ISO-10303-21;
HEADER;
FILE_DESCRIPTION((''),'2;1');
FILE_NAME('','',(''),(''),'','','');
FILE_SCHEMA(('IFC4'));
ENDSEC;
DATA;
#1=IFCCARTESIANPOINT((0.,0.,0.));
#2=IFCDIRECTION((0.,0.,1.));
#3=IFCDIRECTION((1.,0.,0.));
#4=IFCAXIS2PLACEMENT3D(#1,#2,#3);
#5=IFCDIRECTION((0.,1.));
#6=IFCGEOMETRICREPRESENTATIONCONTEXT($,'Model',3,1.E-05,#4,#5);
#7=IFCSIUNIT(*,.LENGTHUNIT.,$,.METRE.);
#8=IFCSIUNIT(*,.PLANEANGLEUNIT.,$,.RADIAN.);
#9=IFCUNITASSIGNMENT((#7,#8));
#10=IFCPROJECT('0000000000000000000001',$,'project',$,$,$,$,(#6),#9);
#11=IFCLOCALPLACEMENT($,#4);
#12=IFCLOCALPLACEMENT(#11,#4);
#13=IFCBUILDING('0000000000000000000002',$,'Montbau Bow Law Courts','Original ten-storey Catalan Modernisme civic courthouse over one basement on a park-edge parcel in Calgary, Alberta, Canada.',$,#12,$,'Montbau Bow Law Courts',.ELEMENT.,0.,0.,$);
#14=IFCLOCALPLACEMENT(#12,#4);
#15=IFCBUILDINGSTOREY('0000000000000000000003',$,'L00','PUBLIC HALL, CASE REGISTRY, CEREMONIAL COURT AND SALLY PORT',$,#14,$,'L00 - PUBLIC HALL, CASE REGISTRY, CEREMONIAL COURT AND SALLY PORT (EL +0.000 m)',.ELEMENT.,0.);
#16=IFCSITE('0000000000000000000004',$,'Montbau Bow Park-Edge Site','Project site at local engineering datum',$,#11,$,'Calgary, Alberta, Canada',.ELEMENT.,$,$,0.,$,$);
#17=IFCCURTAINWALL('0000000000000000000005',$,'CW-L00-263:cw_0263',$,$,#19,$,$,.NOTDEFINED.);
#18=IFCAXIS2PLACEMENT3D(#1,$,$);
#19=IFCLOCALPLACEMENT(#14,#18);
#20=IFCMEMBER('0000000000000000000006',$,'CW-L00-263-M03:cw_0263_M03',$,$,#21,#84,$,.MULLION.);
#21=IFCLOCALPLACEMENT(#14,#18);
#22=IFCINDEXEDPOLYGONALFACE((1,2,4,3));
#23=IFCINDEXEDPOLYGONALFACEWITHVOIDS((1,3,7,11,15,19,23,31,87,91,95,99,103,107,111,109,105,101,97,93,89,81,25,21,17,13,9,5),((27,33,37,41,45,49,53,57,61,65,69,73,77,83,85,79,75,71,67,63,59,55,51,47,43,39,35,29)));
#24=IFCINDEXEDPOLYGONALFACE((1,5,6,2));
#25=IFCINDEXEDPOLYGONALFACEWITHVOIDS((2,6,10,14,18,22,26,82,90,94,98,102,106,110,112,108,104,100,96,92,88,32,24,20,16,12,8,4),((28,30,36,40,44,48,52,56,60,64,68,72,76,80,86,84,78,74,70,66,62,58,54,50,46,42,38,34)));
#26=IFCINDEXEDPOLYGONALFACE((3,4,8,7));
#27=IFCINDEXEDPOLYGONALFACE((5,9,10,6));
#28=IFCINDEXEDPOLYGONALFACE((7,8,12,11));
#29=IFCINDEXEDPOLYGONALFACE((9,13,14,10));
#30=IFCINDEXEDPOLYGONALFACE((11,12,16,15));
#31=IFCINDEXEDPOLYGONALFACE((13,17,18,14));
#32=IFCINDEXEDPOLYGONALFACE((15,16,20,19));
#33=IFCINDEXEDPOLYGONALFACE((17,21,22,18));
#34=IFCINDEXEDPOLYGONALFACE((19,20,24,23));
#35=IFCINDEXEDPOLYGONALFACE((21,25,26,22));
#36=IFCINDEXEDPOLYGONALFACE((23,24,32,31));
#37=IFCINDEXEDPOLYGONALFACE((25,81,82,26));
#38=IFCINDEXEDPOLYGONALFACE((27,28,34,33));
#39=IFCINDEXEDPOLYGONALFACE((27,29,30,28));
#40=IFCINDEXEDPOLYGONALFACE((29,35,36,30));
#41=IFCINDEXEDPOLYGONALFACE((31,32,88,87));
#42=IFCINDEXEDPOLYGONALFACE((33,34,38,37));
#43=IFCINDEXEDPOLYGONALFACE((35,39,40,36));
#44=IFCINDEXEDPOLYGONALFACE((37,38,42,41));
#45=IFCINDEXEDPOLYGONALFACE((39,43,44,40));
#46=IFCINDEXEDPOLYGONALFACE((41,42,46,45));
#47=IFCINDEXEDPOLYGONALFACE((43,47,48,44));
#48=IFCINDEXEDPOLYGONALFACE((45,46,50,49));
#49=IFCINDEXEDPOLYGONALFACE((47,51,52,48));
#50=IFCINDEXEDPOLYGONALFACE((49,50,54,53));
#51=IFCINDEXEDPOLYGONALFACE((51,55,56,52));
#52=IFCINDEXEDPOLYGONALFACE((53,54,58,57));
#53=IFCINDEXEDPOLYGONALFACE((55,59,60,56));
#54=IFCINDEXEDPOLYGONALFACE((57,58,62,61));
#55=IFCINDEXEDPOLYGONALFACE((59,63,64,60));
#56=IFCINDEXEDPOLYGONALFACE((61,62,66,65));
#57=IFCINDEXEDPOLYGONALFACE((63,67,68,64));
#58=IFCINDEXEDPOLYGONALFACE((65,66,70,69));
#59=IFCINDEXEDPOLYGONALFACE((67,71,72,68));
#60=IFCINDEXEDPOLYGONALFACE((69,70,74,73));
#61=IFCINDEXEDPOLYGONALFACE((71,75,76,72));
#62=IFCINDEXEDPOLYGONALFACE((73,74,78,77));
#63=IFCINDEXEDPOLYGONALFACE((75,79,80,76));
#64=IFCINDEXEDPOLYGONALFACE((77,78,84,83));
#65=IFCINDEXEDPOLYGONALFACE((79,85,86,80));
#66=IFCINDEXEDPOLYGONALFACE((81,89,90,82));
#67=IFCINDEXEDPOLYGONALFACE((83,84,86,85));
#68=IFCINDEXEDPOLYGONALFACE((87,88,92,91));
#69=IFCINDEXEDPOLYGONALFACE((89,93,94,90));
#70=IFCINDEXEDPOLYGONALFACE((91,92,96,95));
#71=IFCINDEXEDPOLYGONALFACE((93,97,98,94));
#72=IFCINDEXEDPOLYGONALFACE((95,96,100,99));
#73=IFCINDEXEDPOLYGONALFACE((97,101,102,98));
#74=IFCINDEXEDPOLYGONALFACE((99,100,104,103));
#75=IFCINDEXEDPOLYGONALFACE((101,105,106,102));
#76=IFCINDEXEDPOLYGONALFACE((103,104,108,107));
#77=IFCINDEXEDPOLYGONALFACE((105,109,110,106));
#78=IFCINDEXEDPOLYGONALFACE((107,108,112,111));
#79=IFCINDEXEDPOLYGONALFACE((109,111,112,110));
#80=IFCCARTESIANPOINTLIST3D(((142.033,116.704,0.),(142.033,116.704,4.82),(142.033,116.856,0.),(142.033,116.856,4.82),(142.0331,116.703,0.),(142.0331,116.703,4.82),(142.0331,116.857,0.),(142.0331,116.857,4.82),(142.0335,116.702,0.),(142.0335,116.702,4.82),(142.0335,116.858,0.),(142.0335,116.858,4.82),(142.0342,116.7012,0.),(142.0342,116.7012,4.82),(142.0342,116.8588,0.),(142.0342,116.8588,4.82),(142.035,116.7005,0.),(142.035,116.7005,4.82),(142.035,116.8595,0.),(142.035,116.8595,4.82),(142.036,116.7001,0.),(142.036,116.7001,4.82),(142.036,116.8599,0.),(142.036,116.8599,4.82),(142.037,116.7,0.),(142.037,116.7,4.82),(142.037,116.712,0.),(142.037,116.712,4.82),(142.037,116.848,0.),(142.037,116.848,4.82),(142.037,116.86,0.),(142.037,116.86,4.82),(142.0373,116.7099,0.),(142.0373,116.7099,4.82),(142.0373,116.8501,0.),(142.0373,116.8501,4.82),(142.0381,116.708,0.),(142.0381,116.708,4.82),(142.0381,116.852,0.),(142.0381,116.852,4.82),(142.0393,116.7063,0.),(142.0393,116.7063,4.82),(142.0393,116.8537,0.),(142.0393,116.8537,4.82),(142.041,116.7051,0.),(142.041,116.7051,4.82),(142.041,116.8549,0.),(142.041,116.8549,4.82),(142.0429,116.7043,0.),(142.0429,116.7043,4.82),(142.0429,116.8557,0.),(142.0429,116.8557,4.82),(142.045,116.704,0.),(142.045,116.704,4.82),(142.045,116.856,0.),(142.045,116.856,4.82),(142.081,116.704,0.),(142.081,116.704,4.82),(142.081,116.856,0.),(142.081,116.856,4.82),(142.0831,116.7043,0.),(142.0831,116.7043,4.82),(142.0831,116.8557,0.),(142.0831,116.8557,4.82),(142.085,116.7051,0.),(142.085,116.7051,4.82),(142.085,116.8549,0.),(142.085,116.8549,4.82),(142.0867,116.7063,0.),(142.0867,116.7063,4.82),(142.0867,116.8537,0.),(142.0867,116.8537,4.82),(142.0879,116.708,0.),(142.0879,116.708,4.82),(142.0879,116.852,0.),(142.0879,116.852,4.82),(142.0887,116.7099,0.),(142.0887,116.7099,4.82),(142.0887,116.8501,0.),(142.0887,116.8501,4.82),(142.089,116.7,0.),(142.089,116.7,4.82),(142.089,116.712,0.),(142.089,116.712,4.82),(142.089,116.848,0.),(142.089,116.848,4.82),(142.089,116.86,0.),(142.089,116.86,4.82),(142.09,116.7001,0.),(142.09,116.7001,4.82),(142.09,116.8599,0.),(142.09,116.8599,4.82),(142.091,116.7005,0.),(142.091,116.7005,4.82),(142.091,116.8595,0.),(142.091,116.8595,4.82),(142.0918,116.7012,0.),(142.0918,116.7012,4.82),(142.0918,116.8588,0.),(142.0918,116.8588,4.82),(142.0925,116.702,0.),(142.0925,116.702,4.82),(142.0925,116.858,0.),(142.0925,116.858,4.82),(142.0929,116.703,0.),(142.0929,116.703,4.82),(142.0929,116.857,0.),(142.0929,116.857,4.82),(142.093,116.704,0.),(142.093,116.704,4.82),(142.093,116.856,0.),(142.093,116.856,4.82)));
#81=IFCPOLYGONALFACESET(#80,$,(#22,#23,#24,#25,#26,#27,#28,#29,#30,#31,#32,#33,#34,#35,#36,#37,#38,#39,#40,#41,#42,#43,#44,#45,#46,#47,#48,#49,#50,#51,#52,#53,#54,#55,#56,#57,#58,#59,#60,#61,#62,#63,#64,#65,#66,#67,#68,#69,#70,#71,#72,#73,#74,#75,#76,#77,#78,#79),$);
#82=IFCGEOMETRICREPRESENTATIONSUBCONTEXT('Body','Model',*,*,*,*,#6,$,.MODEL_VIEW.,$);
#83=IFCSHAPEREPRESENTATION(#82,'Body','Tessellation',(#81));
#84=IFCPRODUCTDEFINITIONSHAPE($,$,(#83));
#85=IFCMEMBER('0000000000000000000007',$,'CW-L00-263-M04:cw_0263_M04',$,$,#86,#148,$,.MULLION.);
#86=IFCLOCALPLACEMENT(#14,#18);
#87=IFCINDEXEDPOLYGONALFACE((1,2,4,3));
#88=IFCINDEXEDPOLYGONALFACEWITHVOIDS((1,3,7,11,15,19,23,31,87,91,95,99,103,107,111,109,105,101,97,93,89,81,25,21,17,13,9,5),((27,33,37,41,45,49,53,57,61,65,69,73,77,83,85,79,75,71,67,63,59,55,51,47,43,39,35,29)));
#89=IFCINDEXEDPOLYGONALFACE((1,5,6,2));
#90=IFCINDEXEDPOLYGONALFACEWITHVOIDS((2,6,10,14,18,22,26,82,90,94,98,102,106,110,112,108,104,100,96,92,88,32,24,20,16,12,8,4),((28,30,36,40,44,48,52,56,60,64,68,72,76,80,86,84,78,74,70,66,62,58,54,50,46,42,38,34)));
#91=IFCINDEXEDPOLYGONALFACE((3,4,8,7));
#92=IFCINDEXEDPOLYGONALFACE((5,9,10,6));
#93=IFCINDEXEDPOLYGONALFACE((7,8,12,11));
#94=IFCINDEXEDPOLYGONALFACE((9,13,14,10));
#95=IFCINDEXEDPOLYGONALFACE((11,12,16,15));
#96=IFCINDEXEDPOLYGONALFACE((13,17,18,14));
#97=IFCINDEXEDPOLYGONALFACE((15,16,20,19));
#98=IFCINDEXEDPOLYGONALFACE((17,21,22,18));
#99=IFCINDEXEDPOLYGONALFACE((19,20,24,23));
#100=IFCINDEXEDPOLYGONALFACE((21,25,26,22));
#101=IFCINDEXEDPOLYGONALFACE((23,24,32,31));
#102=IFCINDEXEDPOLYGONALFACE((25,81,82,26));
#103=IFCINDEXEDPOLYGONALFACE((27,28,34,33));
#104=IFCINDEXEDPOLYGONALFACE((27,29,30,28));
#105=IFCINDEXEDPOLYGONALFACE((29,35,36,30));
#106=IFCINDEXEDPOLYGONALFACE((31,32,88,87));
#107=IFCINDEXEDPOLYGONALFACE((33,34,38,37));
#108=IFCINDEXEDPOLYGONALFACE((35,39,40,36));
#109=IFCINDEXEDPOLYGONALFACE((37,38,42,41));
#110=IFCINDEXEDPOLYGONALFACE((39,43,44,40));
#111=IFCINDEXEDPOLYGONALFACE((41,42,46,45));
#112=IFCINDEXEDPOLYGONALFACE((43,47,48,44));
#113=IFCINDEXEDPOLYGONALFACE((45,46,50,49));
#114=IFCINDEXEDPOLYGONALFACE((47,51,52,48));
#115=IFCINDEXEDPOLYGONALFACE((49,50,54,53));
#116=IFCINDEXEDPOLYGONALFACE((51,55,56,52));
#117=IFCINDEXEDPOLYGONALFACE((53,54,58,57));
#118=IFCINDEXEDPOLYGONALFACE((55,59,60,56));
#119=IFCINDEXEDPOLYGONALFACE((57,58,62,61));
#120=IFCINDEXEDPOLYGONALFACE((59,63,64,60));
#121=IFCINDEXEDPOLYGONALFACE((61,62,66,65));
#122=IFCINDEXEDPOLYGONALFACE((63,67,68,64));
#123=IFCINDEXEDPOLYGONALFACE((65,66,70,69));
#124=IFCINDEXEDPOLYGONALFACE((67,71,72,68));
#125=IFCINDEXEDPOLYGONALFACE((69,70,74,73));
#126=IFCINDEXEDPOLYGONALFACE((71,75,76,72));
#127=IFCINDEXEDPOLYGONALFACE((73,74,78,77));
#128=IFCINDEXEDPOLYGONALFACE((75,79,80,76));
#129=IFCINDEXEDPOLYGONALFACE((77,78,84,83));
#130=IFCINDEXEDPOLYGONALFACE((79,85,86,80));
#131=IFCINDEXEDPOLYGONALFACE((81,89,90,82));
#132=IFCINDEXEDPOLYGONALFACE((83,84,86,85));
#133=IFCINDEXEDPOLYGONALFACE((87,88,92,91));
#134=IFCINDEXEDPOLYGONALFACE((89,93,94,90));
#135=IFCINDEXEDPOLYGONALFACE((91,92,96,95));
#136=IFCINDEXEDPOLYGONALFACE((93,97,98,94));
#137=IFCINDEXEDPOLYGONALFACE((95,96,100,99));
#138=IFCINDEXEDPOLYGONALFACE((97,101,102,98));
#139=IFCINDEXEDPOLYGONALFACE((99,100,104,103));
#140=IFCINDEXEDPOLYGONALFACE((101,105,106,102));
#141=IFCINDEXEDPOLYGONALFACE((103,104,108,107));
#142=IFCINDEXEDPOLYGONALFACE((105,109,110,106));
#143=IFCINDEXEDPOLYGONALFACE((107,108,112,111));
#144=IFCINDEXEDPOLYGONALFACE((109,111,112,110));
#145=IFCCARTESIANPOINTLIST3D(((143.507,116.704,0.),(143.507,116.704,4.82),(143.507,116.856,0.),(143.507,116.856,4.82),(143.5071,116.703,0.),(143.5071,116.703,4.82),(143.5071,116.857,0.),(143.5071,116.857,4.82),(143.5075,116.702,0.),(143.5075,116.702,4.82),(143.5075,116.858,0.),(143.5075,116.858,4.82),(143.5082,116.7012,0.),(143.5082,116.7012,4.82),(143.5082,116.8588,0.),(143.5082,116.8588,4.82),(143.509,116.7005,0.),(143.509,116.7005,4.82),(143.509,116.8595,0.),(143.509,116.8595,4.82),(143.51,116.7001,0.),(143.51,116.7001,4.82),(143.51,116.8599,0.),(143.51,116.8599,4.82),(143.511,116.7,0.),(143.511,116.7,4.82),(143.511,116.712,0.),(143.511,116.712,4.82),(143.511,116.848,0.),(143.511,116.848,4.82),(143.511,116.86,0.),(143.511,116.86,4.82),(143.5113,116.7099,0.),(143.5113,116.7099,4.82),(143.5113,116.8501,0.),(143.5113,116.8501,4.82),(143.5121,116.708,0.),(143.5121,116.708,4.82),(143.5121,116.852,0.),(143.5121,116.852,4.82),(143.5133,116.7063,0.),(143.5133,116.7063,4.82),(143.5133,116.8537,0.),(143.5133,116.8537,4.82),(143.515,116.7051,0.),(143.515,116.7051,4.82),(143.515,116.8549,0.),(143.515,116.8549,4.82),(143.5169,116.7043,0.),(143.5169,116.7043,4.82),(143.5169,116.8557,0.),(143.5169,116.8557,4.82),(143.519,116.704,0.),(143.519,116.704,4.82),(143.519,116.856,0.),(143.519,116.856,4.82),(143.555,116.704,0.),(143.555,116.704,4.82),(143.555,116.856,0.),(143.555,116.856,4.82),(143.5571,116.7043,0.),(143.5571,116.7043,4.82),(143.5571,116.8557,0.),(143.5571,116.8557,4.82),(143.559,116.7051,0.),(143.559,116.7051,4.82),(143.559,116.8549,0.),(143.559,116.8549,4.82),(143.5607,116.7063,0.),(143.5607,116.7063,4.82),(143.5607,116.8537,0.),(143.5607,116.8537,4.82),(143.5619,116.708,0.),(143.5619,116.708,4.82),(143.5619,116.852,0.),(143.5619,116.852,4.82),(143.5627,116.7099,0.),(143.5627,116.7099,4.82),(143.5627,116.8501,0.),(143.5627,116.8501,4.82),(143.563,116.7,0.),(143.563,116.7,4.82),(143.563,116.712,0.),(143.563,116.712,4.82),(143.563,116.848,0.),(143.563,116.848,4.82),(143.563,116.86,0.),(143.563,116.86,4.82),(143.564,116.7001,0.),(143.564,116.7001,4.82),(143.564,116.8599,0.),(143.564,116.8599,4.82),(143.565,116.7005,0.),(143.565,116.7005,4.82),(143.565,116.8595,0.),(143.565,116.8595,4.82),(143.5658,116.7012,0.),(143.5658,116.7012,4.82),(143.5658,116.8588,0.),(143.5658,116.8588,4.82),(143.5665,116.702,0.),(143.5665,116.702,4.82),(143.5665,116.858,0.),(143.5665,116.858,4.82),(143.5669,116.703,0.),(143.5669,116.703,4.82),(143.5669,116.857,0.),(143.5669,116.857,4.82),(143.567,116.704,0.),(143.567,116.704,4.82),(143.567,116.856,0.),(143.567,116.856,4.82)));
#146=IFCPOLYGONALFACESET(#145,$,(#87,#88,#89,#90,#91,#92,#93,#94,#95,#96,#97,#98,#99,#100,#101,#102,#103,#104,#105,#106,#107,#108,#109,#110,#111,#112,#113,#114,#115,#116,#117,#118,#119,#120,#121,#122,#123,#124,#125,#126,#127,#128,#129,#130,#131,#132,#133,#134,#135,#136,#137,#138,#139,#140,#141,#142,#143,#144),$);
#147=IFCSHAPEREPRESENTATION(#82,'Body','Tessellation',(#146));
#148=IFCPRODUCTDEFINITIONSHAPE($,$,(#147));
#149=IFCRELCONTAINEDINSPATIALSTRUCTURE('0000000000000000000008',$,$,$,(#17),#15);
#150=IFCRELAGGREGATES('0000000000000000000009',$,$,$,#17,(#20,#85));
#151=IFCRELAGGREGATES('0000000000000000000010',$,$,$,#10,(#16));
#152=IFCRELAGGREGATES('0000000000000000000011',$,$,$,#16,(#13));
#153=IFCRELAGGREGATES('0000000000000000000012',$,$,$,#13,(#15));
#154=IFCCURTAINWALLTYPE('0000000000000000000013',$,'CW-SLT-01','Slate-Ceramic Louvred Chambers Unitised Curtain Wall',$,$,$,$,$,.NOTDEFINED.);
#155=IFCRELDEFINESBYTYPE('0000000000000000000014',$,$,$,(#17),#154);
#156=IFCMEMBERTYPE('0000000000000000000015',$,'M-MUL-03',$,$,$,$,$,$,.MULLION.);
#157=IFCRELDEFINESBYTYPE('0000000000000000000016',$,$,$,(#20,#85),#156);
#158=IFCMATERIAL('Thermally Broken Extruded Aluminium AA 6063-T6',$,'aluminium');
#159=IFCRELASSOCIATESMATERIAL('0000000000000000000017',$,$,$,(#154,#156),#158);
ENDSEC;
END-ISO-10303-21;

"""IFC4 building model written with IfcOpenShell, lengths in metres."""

from ifc_helpers import new_model, si_unit, direction, frame, origin_with_axes, origin_2d_with_axis, place, context, subcontext, project, spatial, hollow_rectangle, extrude, material, material_profile, profile_set, type_object, element, aggregate, save


model = new_model("IFC4")

# Units and contexts
model_context = context("Model", 3, precision=1e-05, world=origin_with_axes(), true_north=direction((0.0, 1.0)))
body_context = subcontext(model_context, "Body", "Model", "MODEL_VIEW")
ifc_project = project(units=[si_unit("LENGTHUNIT", "METRE"), si_unit("PLANEANGLEUNIT", "RADIAN")], contexts=[model_context])

# Site, building, storey
site_placement = place(None, origin_with_axes())
site = spatial("IfcSite", under=ifc_project, at=site_placement, Name="Montbau Bow Park-Edge Site", Description="Project site at local engineering datum", LongName="Calgary, Alberta, Canada", CompositionType="ELEMENT", RefElevation=0.0)
building_placement = place(site_placement, origin_with_axes())
building = spatial("IfcBuilding", under=site, at=building_placement, Name="Montbau Bow Law Courts", Description="Original ten-storey Catalan Modernisme civic courthouse over one basement on a park-edge parcel in Calgary, Alberta, Canada.", LongName="Montbau Bow Law Courts", CompositionType="ELEMENT", ElevationOfRefHeight=0.0, ElevationOfTerrain=0.0)
storey_placement = place(building_placement, origin_with_axes())
storey = spatial("IfcBuildingStorey", under=building, at=storey_placement, Name="L00", Description="PUBLIC HALL, CASE REGISTRY, CEREMONIAL COURT AND SALLY PORT", LongName="L00 - PUBLIC HALL, CASE REGISTRY, CEREMONIAL COURT AND SALLY PORT (EL +0.000 m)", CompositionType="ELEMENT", Elevation=0.0)

# Curtain wall, members
ifc_material_1 = material(Name="Thermally Broken Extruded Aluminium AA 6063-T6", Category="aluminium")
curtain_wall_type = type_object("IfcCurtainWallType", Name="CW-SLT-01", Description="Slate-Ceramic Louvred Chambers Unitised Curtain Wall", PredefinedType="NOTDEFINED", material=ifc_material_1)
curtain_wall_placement = place(None, frame((139.115, 116.78, 0.0), z_axis=(0.0, 0.0, 1.0), x_axis=(1.0, 0.0, 0.0)))
curtain_wall = element("IfcCurtainWall", 1, at=curtain_wall_placement, inside=storey, type_object=curtain_wall_type, Name="CW-L00-263:cw_0263", PredefinedType="NOTDEFINED")
ifc_material_profile_1 = material_profile(ifc_material_1, hollow_rectangle(XDim=0.06, YDim=0.16, WallThickness=0.004, InnerFilletRadius=0.008, OuterFilletRadius=0.004, at=origin_2d_with_axis()), Name="CWM-160X60", Category="Main", Priority=0)
ifc_profile_set_1 = profile_set([ifc_material_profile_1], Name="Thermally Broken Extruded Aluminium AA 6063-T6")
member_type_1 = type_object("IfcMemberType", Name="M-MUL-03", PredefinedType="MULLION", material=ifc_profile_set_1)
member_1_placement = place(None, frame((142.063, 116.78, 0.0), z_axis=(0.0, 0.0, 1.0), x_axis=(1.0, 0.0, 0.0)))
member_1 = element("IfcMember", 2, at=member_1_placement, type_object=member_type_1, Name="CW-L00-263-M03:cw_0263_M03", PredefinedType="MULLION", context=body_context, shape_type="SweptSolid", body=[
    extrude(hollow_rectangle(XDim=0.06, YDim=0.16, WallThickness=0.004, InnerFilletRadius=0.008, OuterFilletRadius=0.004, at=origin_2d_with_axis()), origin_with_axes(), (0.0, 0.0, 1.0), 4.82),
])
member_2_placement = place(None, frame((143.537, 116.78, 0.0), z_axis=(0.0, 0.0, 1.0), x_axis=(1.0, 0.0, 0.0)))
member_2 = element("IfcMember", 3, at=member_2_placement, type_object=member_type_1, Name="CW-L00-263-M04:cw_0263_M04", PredefinedType="MULLION", context=body_context, shape_type="SweptSolid", body=[
    extrude(hollow_rectangle(XDim=0.06, YDim=0.16, WallThickness=0.004, InnerFilletRadius=0.008, OuterFilletRadius=0.004, at=origin_2d_with_axis()), origin_with_axes(), (0.0, 0.0, 1.0), 4.82),
])
aggregate(curtain_wall, [member_1, member_2])

save(model, "model.ifc")
